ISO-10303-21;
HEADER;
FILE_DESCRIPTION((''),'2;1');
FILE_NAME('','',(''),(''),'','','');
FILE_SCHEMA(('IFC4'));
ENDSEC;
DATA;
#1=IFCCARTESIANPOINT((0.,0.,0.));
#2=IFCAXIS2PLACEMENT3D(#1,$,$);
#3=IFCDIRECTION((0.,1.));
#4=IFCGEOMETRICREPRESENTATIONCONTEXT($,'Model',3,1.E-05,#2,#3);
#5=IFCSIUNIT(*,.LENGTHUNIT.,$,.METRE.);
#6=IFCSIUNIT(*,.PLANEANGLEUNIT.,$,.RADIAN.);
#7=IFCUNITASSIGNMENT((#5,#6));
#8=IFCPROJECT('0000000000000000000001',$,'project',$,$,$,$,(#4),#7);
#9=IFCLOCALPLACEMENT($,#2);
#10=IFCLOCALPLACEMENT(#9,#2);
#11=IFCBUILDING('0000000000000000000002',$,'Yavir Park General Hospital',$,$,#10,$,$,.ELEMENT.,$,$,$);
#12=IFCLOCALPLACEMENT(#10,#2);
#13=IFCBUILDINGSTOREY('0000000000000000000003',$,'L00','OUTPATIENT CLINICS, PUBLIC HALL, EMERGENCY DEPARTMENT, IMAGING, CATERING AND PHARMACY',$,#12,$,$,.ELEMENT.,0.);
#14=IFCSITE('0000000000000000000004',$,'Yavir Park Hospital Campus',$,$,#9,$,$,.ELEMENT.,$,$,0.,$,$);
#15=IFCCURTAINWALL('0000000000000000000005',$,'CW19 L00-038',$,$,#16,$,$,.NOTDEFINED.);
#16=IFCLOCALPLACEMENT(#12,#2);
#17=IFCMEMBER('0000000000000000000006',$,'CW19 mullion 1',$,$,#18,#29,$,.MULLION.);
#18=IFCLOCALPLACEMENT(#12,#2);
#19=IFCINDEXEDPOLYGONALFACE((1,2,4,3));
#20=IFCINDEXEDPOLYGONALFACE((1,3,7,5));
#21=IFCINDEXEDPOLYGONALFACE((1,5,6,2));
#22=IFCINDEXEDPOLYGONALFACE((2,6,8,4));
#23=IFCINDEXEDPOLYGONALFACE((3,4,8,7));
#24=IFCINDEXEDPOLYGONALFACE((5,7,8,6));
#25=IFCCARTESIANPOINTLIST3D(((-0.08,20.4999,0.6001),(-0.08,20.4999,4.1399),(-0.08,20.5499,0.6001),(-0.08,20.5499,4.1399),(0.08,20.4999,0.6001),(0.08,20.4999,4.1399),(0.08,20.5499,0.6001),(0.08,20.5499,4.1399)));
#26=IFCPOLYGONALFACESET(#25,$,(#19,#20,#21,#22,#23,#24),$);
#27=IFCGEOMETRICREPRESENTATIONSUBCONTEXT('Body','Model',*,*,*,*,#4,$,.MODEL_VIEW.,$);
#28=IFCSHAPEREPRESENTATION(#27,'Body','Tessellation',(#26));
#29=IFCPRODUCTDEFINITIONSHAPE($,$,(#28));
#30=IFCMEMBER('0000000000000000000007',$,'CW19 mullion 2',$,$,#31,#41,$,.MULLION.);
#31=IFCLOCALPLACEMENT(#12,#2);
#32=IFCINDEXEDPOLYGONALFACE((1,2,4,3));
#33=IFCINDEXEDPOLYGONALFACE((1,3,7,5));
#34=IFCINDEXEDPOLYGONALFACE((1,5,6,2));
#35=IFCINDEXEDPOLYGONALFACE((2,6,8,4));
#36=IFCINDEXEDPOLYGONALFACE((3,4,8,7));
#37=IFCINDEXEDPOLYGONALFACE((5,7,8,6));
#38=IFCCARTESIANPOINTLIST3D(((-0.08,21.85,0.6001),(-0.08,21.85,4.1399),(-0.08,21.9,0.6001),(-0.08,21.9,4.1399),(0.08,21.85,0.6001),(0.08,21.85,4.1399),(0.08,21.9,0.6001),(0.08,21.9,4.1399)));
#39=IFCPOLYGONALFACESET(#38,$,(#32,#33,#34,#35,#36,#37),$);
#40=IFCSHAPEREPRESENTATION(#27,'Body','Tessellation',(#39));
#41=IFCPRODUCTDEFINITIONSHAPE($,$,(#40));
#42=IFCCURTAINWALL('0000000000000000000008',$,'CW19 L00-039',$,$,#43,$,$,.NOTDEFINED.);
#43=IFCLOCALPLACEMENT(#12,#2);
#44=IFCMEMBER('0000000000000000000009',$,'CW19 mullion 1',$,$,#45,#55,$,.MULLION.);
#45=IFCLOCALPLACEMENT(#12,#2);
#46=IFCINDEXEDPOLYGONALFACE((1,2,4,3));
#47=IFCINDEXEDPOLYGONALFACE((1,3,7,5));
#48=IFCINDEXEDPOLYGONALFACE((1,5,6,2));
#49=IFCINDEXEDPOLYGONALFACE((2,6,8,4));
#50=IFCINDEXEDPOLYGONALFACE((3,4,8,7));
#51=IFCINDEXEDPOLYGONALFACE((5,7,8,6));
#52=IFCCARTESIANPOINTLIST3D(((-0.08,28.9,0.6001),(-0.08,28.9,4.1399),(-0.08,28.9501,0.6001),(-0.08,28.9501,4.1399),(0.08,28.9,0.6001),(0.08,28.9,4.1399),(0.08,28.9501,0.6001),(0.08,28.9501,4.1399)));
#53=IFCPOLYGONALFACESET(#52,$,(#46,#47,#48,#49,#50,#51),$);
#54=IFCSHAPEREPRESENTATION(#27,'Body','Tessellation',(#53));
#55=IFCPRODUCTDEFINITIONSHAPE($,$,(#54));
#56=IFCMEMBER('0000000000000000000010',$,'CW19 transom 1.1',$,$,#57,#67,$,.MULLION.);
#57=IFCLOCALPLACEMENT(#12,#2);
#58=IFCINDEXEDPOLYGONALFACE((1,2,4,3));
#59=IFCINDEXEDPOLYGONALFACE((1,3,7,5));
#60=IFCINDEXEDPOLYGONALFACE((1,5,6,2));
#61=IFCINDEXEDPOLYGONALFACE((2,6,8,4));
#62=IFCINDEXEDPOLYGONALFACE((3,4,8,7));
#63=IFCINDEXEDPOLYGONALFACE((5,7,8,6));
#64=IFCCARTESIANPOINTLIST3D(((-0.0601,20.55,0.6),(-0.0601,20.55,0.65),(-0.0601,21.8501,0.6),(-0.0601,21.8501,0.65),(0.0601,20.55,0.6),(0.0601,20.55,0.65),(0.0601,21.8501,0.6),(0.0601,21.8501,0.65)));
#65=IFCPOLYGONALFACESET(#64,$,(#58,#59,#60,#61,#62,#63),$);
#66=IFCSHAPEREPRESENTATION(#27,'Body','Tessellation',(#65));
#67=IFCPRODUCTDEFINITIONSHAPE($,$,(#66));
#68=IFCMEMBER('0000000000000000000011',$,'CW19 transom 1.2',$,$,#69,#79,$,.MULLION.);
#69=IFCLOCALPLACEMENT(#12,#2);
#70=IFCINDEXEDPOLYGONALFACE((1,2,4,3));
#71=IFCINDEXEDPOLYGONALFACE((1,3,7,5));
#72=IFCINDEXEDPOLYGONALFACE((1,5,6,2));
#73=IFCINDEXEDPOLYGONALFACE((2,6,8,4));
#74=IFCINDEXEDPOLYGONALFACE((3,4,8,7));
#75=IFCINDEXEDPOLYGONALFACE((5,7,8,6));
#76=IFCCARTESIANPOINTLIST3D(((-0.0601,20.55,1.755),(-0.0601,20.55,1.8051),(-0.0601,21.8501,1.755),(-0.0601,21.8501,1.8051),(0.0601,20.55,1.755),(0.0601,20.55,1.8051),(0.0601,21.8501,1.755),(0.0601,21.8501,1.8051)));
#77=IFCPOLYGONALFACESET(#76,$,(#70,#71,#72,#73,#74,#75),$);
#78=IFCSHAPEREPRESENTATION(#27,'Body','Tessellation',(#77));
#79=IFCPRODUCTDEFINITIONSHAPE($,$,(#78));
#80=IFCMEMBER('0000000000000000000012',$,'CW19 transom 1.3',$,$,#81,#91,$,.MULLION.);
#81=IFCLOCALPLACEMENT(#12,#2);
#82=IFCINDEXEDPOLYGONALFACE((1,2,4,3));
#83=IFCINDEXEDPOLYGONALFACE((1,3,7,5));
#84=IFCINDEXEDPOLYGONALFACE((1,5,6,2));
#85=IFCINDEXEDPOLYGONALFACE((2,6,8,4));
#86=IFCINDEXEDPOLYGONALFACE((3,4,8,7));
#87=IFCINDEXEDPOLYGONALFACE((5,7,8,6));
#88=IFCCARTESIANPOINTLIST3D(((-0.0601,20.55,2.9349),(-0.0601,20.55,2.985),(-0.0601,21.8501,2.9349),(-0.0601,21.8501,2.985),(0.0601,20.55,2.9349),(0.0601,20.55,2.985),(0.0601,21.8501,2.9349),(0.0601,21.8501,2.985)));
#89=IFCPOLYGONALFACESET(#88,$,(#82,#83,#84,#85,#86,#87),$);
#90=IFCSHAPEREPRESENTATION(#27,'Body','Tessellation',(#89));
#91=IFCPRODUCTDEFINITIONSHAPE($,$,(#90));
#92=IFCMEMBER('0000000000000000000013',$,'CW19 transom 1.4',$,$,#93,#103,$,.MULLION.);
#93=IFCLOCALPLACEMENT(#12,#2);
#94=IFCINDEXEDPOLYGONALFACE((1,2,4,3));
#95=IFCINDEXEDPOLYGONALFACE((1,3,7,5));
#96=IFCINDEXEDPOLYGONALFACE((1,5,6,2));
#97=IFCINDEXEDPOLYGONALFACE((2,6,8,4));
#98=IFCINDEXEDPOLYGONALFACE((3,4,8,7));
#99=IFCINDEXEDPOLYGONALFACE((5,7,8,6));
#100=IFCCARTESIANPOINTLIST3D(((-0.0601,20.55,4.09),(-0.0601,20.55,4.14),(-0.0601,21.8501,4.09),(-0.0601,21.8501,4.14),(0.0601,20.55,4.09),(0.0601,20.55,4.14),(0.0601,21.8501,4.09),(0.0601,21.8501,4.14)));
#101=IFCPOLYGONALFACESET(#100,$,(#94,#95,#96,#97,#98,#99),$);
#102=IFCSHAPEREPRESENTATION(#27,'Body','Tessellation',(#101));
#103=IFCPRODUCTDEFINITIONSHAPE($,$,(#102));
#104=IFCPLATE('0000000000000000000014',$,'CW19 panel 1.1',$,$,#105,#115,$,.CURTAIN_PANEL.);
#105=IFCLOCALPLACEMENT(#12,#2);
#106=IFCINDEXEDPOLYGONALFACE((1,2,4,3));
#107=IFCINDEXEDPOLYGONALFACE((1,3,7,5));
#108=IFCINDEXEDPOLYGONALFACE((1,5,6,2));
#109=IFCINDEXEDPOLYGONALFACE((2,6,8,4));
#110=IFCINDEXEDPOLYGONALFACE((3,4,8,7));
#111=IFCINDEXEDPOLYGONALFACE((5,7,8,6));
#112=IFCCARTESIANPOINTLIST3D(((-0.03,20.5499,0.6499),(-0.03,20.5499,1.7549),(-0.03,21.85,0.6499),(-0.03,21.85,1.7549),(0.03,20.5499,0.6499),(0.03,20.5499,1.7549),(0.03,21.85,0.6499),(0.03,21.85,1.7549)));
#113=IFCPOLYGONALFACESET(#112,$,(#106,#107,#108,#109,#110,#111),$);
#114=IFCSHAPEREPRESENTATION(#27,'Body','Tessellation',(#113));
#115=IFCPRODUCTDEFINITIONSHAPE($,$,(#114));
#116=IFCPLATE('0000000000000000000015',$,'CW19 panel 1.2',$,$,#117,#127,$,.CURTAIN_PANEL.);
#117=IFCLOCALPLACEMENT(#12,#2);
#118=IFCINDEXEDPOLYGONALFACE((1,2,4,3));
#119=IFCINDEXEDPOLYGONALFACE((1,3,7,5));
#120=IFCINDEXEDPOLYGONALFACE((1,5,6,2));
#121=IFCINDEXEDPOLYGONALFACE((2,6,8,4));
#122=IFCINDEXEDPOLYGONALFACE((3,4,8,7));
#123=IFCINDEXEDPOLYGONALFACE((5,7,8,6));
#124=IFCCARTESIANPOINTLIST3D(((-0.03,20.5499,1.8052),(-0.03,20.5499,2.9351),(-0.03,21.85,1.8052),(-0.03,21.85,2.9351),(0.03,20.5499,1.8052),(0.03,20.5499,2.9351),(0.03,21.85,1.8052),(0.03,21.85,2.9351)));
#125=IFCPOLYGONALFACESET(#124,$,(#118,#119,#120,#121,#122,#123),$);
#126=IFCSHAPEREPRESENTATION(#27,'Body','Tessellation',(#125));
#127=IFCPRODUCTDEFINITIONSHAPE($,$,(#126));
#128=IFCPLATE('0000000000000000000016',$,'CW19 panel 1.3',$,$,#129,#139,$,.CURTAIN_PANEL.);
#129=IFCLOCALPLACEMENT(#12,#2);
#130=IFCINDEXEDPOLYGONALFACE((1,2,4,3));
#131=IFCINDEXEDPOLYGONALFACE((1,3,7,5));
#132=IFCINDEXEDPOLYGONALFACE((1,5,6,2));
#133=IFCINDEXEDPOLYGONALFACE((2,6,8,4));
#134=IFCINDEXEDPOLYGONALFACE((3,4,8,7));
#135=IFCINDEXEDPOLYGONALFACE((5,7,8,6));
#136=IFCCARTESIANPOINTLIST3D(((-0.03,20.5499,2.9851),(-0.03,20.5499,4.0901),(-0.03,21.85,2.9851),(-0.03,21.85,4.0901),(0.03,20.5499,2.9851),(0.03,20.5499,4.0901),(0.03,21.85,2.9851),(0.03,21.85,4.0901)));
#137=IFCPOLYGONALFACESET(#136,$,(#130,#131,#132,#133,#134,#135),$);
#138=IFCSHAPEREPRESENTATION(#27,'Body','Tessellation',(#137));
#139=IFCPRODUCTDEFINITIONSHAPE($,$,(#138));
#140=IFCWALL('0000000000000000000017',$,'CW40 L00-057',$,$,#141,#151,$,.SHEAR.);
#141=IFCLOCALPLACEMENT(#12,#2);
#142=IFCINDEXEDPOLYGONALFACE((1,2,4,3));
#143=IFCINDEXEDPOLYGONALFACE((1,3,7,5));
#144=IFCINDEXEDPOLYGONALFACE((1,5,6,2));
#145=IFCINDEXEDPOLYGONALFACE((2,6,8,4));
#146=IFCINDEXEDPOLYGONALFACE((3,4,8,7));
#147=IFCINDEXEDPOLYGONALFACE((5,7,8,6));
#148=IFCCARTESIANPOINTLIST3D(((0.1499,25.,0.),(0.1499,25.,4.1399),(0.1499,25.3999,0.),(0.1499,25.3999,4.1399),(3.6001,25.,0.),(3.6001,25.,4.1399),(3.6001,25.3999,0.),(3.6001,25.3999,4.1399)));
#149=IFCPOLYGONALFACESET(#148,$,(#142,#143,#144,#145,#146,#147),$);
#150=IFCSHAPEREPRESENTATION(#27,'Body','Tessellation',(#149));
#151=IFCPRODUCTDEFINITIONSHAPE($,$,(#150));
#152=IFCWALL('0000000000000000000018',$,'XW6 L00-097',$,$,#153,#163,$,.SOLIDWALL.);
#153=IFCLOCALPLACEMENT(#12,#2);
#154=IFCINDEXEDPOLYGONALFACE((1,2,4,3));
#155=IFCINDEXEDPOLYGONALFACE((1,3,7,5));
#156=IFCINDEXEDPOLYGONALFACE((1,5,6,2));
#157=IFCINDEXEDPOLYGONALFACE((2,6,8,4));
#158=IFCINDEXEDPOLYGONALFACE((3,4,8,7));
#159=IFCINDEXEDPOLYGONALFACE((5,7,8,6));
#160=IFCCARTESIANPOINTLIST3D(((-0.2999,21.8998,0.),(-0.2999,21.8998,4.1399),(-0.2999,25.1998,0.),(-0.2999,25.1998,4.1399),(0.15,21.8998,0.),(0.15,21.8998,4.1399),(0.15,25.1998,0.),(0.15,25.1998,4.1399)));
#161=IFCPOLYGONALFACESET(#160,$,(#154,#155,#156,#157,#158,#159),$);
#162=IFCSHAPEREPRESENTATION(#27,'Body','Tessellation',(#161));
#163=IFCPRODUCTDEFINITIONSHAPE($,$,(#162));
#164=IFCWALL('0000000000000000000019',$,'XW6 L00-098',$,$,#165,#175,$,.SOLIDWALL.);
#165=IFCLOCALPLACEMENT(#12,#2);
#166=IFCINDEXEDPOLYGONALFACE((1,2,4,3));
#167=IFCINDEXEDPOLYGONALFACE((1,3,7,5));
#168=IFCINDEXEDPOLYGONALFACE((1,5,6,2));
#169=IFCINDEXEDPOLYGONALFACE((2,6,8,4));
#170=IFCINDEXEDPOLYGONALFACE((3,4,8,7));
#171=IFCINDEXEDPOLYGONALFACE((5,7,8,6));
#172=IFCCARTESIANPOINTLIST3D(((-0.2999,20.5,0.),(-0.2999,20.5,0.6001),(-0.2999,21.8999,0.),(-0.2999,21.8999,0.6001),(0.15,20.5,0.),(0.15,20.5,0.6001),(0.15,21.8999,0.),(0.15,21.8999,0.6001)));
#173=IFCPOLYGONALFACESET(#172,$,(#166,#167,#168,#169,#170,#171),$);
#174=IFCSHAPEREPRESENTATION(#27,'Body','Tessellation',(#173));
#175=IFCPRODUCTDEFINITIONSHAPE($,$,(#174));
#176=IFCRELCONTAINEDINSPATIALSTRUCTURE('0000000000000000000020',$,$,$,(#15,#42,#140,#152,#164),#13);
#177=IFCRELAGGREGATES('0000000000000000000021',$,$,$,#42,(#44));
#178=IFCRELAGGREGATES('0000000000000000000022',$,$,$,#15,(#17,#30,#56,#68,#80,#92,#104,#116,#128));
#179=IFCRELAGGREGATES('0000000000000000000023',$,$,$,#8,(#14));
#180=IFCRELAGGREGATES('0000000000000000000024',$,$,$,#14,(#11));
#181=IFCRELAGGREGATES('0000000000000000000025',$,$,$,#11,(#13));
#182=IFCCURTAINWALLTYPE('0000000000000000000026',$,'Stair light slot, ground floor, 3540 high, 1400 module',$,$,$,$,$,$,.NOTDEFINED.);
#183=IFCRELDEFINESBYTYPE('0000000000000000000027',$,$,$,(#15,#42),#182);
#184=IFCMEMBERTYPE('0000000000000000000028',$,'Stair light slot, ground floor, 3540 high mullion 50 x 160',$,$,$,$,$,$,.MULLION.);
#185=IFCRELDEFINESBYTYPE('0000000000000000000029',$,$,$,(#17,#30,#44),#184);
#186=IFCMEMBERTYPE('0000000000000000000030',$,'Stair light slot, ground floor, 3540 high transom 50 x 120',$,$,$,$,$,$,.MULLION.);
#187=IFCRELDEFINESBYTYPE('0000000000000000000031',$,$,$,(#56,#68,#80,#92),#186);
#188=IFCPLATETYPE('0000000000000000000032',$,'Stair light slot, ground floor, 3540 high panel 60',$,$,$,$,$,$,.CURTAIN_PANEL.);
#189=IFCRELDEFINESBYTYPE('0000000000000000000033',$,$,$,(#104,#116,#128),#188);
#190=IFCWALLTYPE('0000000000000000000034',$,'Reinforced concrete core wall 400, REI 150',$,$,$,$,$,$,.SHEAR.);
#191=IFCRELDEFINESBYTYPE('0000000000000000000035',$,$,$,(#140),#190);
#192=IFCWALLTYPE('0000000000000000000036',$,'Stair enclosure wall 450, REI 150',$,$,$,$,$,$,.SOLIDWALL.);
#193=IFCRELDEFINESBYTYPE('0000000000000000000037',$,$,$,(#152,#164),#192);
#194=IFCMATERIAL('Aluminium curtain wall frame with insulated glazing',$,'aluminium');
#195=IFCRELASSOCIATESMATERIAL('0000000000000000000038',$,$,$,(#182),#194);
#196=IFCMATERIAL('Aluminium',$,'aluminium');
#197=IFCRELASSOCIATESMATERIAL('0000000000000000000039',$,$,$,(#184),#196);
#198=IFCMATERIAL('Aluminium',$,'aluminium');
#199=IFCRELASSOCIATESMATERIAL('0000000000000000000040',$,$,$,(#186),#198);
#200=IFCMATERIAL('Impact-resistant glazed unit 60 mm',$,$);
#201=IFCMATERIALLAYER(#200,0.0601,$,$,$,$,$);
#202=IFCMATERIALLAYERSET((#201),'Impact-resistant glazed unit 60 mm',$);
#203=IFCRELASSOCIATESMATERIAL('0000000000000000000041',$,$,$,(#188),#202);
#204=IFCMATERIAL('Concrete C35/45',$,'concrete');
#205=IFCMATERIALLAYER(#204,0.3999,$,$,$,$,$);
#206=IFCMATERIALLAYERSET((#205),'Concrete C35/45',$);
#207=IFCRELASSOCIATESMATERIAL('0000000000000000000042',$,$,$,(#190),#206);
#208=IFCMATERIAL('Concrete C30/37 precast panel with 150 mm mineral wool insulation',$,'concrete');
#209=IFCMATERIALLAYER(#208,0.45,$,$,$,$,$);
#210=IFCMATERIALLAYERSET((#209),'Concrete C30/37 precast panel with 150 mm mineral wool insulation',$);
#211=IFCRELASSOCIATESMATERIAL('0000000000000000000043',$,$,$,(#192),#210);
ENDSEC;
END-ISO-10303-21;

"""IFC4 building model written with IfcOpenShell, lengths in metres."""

from ifc_helpers import new_model, si_unit, direction, frame, frame_2d, origin, origin_2d, place, context, subcontext, project, spatial, rectangle, extrude, material, layer, layer_set, material_profile, profile_set, type_object, element, aggregate, save


model = new_model("IFC4")

# Units and contexts
model_context = context("Model", 3, precision=1e-05, world=origin(), true_north=direction((0.0, 1.0)))
body_context = subcontext(model_context, "Body", "Model", "MODEL_VIEW")
ifc_project = project(units=[si_unit("LENGTHUNIT", "METRE"), si_unit("PLANEANGLEUNIT", "RADIAN")], contexts=[model_context])

# Site, building, storey
site_placement = place(None, origin())
site = spatial("IfcSite", under=ifc_project, at=site_placement, Name="Yavir Park Hospital Campus", CompositionType="ELEMENT", RefElevation=0.0)
building_placement = place(site_placement, origin())
building = spatial("IfcBuilding", under=site, at=building_placement, Name="Yavir Park General Hospital", CompositionType="ELEMENT")
storey_placement = place(building_placement, origin())
storey = spatial("IfcBuildingStorey", under=building, at=storey_placement, Name="L00", Description="OUTPATIENT CLINICS, PUBLIC HALL, EMERGENCY DEPARTMENT, IMAGING, CATERING AND PHARMACY", CompositionType="ELEMENT", Elevation=0.0)

# Curtain wall, members
ifc_material_1 = material(Name="Aluminium curtain wall frame with insulated glazing", Category="aluminium")
curtain_wall_type = type_object("IfcCurtainWallType", Name="Stair light slot, ground floor, 3540 high, 1400 module", PredefinedType="NOTDEFINED", material=ifc_material_1)
curtain_wall_1_placement = place(storey_placement, origin())
curtain_wall_1 = element("IfcCurtainWall", 1, at=curtain_wall_1_placement, inside=storey, type_object=curtain_wall_type, Name="CW19 L00-038", PredefinedType="NOTDEFINED")
ifc_material_2 = material(Name="Aluminium", Category="aluminium")
ifc_material_profile_1 = material_profile(ifc_material_2, rectangle(XDim=0.1599, YDim=0.05, at=origin_2d()), Name="AL 50x160")
ifc_profile_set_1 = profile_set([ifc_material_profile_1], Name="Aluminium")
member_type_1 = type_object("IfcMemberType", Name="Stair light slot, ground floor, 3540 high mullion 50 x 160", PredefinedType="MULLION", material=ifc_profile_set_1)
member_1_placement = place(storey_placement, frame((0.0, 20.5249, 0.6001), z_axis=(0.0, 0.0, 1.0), x_axis=(-1.0, 0.0, 0.0)))
member_1 = element("IfcMember", 2, at=member_1_placement, type_object=member_type_1, Name="CW19 mullion 1", PredefinedType="MULLION", context=body_context, shape_type="SweptSolid", body=[
    extrude(rectangle(XDim=0.1599, YDim=0.05, at=origin_2d()), origin(), (0.0, 0.0, 1.0), 3.5398),
])
member_2_placement = place(storey_placement, frame((0.0, 21.875, 0.6001), z_axis=(0.0, 0.0, 1.0), x_axis=(-1.0, 0.0, 0.0)))
member_2 = element("IfcMember", 3, at=member_2_placement, type_object=member_type_1, Name="CW19 mullion 2", PredefinedType="MULLION", context=body_context, shape_type="SweptSolid", body=[
    extrude(rectangle(XDim=0.1599, YDim=0.05, at=origin_2d()), origin(), (0.0, 0.0, 1.0), 3.5398),
])

# Curtain wall, member
curtain_wall_2_placement = place(storey_placement, origin())
curtain_wall_2 = element("IfcCurtainWall", 4, at=curtain_wall_2_placement, inside=storey, type_object=curtain_wall_type, Name="CW19 L00-039", PredefinedType="NOTDEFINED")
member_3_placement = place(storey_placement, frame((0.0, 28.925, 0.6001), z_axis=(0.0, 0.0, 1.0), x_axis=(-1.0, 0.0, 0.0)))
member_3 = element("IfcMember", 5, at=member_3_placement, type_object=member_type_1, Name="CW19 mullion 1", PredefinedType="MULLION", context=body_context, shape_type="SweptSolid", body=[
    extrude(rectangle(XDim=0.1599, YDim=0.05, at=origin_2d()), origin(), (0.0, 0.0, 1.0), 3.5398),
])
aggregate(curtain_wall_2, [member_3])

# Members
ifc_material_3 = material(Name="Aluminium", Category="aluminium")
ifc_material_profile_2 = material_profile(ifc_material_3, rectangle(XDim=0.1201, YDim=0.05, at=origin_2d()), Name="AL 120x50")
ifc_profile_set_2 = profile_set([ifc_material_profile_2], Name="Aluminium")
member_type_2 = type_object("IfcMemberType", Name="Stair light slot, ground floor, 3540 high transom 50 x 120", PredefinedType="MULLION", material=ifc_profile_set_2)
member_4_placement = place(storey_placement, frame((0.0, 20.55, 0.625), z_axis=(0.0, 1.0, 0.0), x_axis=(-1.0, 0.0, 0.0)))
member_4 = element("IfcMember", 6, at=member_4_placement, type_object=member_type_2, Name="CW19 transom 1.1", PredefinedType="MULLION", context=body_context, shape_type="SweptSolid", body=[
    extrude(rectangle(XDim=0.1201, YDim=0.05, at=origin_2d()), origin(), (0.0, 0.0, 1.0), 1.3),
])
member_5_placement = place(storey_placement, frame((0.0, 20.55, 1.78), z_axis=(0.0, 1.0, 0.0), x_axis=(-1.0, 0.0, 0.0)))
member_5 = element("IfcMember", 7, at=member_5_placement, type_object=member_type_2, Name="CW19 transom 1.2", PredefinedType="MULLION", context=body_context, shape_type="SweptSolid", body=[
    extrude(rectangle(XDim=0.1201, YDim=0.05, at=origin_2d()), origin(), (0.0, 0.0, 1.0), 1.3),
])
member_6_placement = place(storey_placement, frame((0.0, 20.55, 2.96), z_axis=(0.0, 1.0, 0.0), x_axis=(-1.0, 0.0, 0.0)))
member_6 = element("IfcMember", 8, at=member_6_placement, type_object=member_type_2, Name="CW19 transom 1.3", PredefinedType="MULLION", context=body_context, shape_type="SweptSolid", body=[
    extrude(rectangle(XDim=0.1201, YDim=0.05, at=origin_2d()), origin(), (0.0, 0.0, 1.0), 1.3),
])
member_7_placement = place(storey_placement, frame((0.0, 20.55, 4.115), z_axis=(0.0, 1.0, 0.0), x_axis=(-1.0, 0.0, 0.0)))
member_7 = element("IfcMember", 9, at=member_7_placement, type_object=member_type_2, Name="CW19 transom 1.4", PredefinedType="MULLION", context=body_context, shape_type="SweptSolid", body=[
    extrude(rectangle(XDim=0.1201, YDim=0.05, at=origin_2d()), origin(), (0.0, 0.0, 1.0), 1.3),
])

# Plates
ifc_material_4 = material(Name="Impact-resistant glazed unit 60 mm")
ifc_layer_1 = layer(ifc_material_4, 0.0601)
ifc_layer_set_1 = layer_set([ifc_layer_1], Name="Impact-resistant glazed unit 60 mm")
plate_type = type_object("IfcPlateType", Name="Stair light slot, ground floor, 3540 high panel 60", PredefinedType="CURTAIN_PANEL", material=ifc_layer_set_1)
plate_1_placement = place(storey_placement, frame((0.0, 21.2, 0.6499), z_axis=(0.0, 0.0, 1.0), x_axis=(0.0, 1.0, 0.0)))
plate_1 = element("IfcPlate", 10, at=plate_1_placement, type_object=plate_type, Name="CW19 panel 1.1", PredefinedType="CURTAIN_PANEL", context=body_context, shape_type="SweptSolid", body=[
    extrude(rectangle(XDim=1.3, YDim=0.0601, at=origin_2d()), origin(), (0.0, 0.0, 1.0), 1.105),
])
plate_2_placement = place(storey_placement, frame((0.0, 21.2, 1.8052), z_axis=(0.0, 0.0, 1.0), x_axis=(0.0, 1.0, 0.0)))
plate_2 = element("IfcPlate", 11, at=plate_2_placement, type_object=plate_type, Name="CW19 panel 1.2", PredefinedType="CURTAIN_PANEL", context=body_context, shape_type="SweptSolid", body=[
    extrude(rectangle(XDim=1.3, YDim=0.0601, at=origin_2d()), origin(), (0.0, 0.0, 1.0), 1.1299),
])
plate_3_placement = place(storey_placement, frame((0.0, 21.2, 2.9851), z_axis=(0.0, 0.0, 1.0), x_axis=(0.0, 1.0, 0.0)))
plate_3 = element("IfcPlate", 12, at=plate_3_placement, type_object=plate_type, Name="CW19 panel 1.3", PredefinedType="CURTAIN_PANEL", context=body_context, shape_type="SweptSolid", body=[
    extrude(rectangle(XDim=1.3, YDim=0.0601, at=origin_2d()), origin(), (0.0, 0.0, 1.0), 1.105),
])
aggregate(curtain_wall_1, [member_1, member_2, member_4, member_5, member_6, member_7, plate_1, plate_2, plate_3])

# Walls
ifc_material_5 = material(Name="Concrete C35/45", Category="concrete")
ifc_layer_2 = layer(ifc_material_5, 0.3999)
ifc_layer_set_2 = layer_set([ifc_layer_2], Name="Concrete C35/45")
wall_type_1 = type_object("IfcWallType", Name="Reinforced concrete core wall 400, REI 150", PredefinedType="SHEAR", material=ifc_layer_set_2)
wall_1_placement = place(storey_placement, frame((0.1499, 25.2, 0.0), z_axis=(0.0, 0.0, 1.0), x_axis=(1.0, 0.0, 0.0)))
element("IfcWall", 13, at=wall_1_placement, inside=storey, type_object=wall_type_1, Name="CW40 L00-057", PredefinedType="SHEAR", context=body_context, shape_type="SweptSolid", body=[
    extrude(rectangle(XDim=3.4502, YDim=0.3999, at=frame_2d((1.7251, 0.0))), origin(), (0.0, 0.0, 1.0), 4.1399),
])
ifc_material_6 = material(Name="Concrete C30/37 precast panel with 150 mm mineral wool insulation", Category="concrete")
ifc_layer_3 = layer(ifc_material_6, 0.45)
ifc_layer_set_3 = layer_set([ifc_layer_3], Name="Concrete C30/37 precast panel with 150 mm mineral wool insulation")
wall_type_2 = type_object("IfcWallType", Name="Stair enclosure wall 450, REI 150", PredefinedType="SOLIDWALL", material=ifc_layer_set_3)
wall_2_placement = place(storey_placement, frame((-0.075, 21.8999, 0.0), z_axis=(0.0, 0.0, 1.0), x_axis=(0.0, 1.0, 0.0)))
element("IfcWall", 14, at=wall_2_placement, inside=storey, type_object=wall_type_2, Name="XW6 L00-097", PredefinedType="SOLIDWALL", context=body_context, shape_type="SweptSolid", body=[
    extrude(rectangle(XDim=3.3, YDim=0.45, at=frame_2d((1.6499, 0.0))), origin(), (0.0, 0.0, 1.0), 4.1399),
])
wall_3_placement = place(storey_placement, frame((-0.075, 20.5, 0.0), z_axis=(0.0, 0.0, 1.0), x_axis=(0.0, 1.0, 0.0)))
element("IfcWall", 15, at=wall_3_placement, inside=storey, type_object=wall_type_2, Name="XW6 L00-098", PredefinedType="SOLIDWALL", context=body_context, shape_type="SweptSolid", body=[
    extrude(rectangle(XDim=1.3999, YDim=0.45, at=frame_2d((0.7, 0.0))), origin(), (0.0, 0.0, 1.0), 0.6001),
])

save(model, "model.ifc")
